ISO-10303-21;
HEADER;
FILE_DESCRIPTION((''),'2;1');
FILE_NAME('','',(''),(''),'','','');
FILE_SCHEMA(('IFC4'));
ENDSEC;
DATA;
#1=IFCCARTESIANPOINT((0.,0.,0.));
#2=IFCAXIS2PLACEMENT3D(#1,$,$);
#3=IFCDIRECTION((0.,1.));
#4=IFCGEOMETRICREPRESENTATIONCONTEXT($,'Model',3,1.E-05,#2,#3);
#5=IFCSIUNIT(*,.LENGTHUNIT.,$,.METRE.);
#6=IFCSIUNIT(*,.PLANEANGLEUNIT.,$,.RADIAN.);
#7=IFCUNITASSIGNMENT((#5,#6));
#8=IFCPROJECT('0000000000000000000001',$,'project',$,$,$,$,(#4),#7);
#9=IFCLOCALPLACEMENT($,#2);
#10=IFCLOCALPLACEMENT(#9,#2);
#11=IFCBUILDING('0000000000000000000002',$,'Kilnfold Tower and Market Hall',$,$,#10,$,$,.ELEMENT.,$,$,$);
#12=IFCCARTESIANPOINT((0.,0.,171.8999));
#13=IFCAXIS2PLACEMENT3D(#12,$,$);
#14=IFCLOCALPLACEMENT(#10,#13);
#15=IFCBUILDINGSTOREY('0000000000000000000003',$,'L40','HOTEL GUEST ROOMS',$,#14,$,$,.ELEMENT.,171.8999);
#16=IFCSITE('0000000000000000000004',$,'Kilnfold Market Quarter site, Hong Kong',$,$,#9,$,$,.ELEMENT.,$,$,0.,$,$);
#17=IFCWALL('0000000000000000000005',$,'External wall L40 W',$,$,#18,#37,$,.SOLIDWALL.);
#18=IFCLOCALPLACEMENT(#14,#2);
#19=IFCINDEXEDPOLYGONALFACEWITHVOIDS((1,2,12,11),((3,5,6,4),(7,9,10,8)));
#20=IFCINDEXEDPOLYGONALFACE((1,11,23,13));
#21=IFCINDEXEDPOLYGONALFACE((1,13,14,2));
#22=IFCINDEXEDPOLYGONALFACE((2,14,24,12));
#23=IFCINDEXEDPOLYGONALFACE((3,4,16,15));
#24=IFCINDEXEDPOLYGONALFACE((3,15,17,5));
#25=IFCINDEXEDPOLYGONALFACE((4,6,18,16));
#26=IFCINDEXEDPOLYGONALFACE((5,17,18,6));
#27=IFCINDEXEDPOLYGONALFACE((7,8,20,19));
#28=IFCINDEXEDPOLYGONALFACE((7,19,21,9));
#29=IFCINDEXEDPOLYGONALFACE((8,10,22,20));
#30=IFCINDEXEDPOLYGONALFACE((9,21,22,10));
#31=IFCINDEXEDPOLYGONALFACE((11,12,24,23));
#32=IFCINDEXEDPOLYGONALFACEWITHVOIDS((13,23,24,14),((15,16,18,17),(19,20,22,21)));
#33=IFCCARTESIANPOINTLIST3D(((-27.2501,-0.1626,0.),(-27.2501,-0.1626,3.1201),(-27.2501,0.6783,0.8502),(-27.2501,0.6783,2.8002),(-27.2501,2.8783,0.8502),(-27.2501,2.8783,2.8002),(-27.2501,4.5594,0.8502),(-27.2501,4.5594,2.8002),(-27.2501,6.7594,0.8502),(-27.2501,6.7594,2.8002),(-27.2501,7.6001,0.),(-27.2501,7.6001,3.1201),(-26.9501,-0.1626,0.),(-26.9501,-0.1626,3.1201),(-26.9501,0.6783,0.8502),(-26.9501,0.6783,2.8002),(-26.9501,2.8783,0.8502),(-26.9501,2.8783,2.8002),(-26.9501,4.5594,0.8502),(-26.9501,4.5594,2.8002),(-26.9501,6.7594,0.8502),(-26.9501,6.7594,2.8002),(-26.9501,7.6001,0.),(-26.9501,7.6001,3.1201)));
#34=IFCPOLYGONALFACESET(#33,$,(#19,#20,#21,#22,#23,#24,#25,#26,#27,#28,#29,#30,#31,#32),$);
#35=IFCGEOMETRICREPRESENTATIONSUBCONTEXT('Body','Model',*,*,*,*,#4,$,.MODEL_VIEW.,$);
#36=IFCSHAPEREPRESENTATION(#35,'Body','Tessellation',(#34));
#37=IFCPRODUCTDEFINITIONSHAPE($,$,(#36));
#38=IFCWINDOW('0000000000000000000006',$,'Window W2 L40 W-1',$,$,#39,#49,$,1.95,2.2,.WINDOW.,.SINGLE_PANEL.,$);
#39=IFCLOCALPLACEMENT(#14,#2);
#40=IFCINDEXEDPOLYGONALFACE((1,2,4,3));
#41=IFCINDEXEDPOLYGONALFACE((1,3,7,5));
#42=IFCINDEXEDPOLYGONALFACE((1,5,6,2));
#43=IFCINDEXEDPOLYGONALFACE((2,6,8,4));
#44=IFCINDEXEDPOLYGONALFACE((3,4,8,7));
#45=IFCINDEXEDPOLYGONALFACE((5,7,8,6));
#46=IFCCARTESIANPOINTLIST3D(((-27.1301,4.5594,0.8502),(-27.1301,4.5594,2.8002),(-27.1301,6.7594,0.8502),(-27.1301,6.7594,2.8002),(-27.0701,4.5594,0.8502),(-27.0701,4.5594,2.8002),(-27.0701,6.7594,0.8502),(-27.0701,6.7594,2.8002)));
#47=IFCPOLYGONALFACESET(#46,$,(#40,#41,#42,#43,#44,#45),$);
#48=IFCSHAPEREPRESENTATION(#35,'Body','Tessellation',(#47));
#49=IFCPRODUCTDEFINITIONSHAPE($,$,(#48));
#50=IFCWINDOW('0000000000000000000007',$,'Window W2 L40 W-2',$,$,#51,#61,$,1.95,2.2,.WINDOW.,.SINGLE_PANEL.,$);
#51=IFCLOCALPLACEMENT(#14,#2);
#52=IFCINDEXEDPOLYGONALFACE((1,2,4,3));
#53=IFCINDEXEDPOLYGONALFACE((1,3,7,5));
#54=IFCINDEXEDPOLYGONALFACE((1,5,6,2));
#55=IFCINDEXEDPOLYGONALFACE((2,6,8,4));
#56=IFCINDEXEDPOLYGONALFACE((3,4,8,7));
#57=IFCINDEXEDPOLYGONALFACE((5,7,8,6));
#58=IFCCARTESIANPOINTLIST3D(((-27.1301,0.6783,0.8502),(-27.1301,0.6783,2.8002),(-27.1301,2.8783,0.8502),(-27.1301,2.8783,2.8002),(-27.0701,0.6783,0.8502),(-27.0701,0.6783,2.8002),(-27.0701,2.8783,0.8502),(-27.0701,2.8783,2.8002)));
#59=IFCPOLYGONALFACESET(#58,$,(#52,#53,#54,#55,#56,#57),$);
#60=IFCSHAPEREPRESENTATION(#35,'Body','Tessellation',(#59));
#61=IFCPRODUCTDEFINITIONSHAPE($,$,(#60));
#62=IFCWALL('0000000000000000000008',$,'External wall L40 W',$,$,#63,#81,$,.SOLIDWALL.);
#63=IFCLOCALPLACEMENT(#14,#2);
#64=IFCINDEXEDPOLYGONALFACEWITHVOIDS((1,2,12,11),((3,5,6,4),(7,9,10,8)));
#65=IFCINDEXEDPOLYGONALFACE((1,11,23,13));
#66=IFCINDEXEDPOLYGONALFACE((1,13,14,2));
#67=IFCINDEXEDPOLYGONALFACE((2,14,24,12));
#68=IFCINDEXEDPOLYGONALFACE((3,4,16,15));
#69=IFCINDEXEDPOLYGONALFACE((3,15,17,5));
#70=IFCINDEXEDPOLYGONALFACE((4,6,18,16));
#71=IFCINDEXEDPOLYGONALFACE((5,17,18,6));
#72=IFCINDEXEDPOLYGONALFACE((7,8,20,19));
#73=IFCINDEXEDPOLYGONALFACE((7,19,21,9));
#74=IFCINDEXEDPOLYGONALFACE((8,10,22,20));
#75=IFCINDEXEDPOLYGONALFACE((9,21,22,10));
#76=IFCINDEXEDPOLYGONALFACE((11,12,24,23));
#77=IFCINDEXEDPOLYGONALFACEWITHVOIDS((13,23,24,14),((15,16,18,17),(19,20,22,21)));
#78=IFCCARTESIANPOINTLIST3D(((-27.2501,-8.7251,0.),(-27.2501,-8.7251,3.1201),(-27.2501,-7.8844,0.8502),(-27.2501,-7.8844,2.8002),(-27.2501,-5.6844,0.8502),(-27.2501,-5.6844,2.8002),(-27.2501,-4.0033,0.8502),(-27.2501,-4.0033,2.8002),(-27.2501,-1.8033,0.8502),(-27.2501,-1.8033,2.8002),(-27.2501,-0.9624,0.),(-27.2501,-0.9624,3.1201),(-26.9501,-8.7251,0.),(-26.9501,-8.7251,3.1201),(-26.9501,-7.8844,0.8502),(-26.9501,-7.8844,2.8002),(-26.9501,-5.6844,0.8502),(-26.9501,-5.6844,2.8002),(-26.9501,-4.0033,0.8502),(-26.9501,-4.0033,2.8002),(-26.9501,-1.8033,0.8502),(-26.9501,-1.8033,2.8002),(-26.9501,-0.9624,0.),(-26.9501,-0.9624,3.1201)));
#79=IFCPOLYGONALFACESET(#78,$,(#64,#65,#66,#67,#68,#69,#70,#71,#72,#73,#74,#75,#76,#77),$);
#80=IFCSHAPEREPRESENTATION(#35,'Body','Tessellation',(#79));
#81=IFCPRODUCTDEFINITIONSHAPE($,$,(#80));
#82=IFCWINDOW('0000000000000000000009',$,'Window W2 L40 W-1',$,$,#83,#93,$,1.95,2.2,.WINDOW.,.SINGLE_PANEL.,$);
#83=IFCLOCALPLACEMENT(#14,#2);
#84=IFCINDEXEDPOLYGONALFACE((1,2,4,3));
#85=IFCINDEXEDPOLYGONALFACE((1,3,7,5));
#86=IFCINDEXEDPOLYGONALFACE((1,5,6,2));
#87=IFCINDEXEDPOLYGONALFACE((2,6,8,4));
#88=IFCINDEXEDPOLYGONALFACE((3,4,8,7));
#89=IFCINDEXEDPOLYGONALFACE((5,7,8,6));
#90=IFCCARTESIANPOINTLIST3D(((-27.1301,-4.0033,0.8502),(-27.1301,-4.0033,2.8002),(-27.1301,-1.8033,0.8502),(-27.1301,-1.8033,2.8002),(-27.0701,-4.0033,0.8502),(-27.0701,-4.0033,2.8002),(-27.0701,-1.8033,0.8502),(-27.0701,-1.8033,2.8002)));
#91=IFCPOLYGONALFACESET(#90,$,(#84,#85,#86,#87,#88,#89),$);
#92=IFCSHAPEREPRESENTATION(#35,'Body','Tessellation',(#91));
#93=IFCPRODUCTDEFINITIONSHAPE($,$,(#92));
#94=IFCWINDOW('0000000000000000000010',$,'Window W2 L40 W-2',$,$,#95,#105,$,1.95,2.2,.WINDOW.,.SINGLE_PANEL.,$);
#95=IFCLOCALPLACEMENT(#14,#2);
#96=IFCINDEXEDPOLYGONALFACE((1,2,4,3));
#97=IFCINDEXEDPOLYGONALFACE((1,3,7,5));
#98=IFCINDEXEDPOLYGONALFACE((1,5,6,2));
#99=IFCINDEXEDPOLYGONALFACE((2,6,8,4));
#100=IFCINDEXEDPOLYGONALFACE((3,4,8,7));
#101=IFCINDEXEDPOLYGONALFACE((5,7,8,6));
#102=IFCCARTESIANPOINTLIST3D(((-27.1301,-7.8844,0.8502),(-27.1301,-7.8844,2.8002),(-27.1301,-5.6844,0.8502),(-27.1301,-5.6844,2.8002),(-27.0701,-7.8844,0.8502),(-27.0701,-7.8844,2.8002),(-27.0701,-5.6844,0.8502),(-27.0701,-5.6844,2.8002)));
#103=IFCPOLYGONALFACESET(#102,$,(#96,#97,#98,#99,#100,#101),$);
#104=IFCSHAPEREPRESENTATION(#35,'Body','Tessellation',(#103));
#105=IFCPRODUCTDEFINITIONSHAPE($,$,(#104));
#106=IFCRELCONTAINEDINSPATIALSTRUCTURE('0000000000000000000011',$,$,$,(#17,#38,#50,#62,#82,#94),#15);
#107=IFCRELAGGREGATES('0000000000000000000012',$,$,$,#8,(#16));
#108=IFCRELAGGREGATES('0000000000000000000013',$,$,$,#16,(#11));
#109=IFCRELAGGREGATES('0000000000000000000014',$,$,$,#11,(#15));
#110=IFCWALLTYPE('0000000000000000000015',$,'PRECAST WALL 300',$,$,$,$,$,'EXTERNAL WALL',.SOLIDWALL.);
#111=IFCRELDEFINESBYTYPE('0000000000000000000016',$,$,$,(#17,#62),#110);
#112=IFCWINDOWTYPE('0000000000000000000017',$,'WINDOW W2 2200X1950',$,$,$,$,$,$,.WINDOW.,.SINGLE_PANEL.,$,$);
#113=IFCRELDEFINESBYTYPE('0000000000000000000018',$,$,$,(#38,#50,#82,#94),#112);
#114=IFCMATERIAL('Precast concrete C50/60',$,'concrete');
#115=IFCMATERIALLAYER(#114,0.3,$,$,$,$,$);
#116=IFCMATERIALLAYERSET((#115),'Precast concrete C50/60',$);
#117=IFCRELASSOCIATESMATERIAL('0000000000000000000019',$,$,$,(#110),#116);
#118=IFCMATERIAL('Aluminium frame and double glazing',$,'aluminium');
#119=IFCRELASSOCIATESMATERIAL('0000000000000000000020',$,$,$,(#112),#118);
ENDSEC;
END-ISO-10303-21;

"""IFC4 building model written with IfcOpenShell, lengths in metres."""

from ifc_helpers import new_model, si_unit, direction, frame, frame_2d, origin, place, context, subcontext, project, spatial, rectangle, extrude, source, transform, mapped, material, layer, layer_set, type_object, element, fill, save


model = new_model("IFC4")

# Units and contexts
model_context = context("Model", 3, precision=1e-05, world=origin(), true_north=direction((0.0, 1.0)))
body_context = subcontext(model_context, "Body", "Model", "MODEL_VIEW")
ifc_project = project(units=[si_unit("LENGTHUNIT", "METRE"), si_unit("PLANEANGLEUNIT", "RADIAN")], contexts=[model_context])

# Site, building, storey
site_placement = place(None, origin())
site = spatial("IfcSite", under=ifc_project, at=site_placement, Name="Kilnfold Market Quarter site, Hong Kong", CompositionType="ELEMENT", RefElevation=0.0)
building_placement = place(site_placement, origin())
building = spatial("IfcBuilding", under=site, at=building_placement, Name="Kilnfold Tower and Market Hall", CompositionType="ELEMENT")
storey_placement = place(building_placement, frame((0.0, 0.0, 171.8999)))
storey = spatial("IfcBuildingStorey", under=building, at=storey_placement, Name="L40", Description="HOTEL GUEST ROOMS", CompositionType="ELEMENT", Elevation=171.8999)

# Walls, openings, windows
ifc_material_1 = material(Name="Precast concrete C50/60", Category="concrete")
ifc_layer_1 = layer(ifc_material_1, 0.3)
ifc_layer_set_1 = layer_set([ifc_layer_1], Name="Precast concrete C50/60")
wall_type_1 = type_object("IfcWallType", Name="PRECAST WALL 300", ElementType="EXTERNAL WALL", PredefinedType="SOLIDWALL", material=ifc_layer_set_1)
shared_shape_1 = source(origin(), body_context, "Body", "SweptSolid", [
    extrude(rectangle(XDim=7.7627, YDim=0.3, at=frame_2d((3.8813, 0.0))), origin(), (0.0, 0.0, 1.0), 3.1201),
])
wall_1_placement = place(storey_placement, frame((-27.1001, 7.6001, 0.0), z_axis=(0.0, 0.0, 1.0), x_axis=(0.0, -1.0, 0.0)))
wall_1 = element("IfcWall", 1, at=wall_1_placement, inside=storey, type_object=wall_type_1, Name="External wall L40 W", PredefinedType="SOLIDWALL", context=body_context, shape_type="MappedRepresentation", body=[
    mapped(shared_shape_1, transform((0.0, 0.0, 0.0))),
])
opening_1_placement = place(wall_1_placement, frame((0.8406, 0.0, 0.8501)))
opening_1 = element("IfcOpeningElement", 2, at=opening_1_placement, cuts=wall_1, PredefinedType="OPENING", context=body_context, shape_type="SweptSolid", body=[
    extrude(rectangle(XDim=2.2, YDim=1.95, at=frame_2d((1.1001, 0.9751))), frame((0.0, 0.1602, 0.0), z_axis=(0.0, -1.0, 0.0), x_axis=(1.0, 0.0, 0.0)), (0.0, 0.0, 1.0), 0.3201),
])
opening_2_placement = place(wall_1_placement, frame((4.7217, 0.0, 0.8501)))
opening_2 = element("IfcOpeningElement", 3, at=opening_2_placement, cuts=wall_1, PredefinedType="OPENING", context=body_context, shape_type="SweptSolid", body=[
    extrude(rectangle(XDim=2.2, YDim=1.95, at=frame_2d((1.1001, 0.9751))), frame((0.0, 0.1602, 0.0), z_axis=(0.0, -1.0, 0.0), x_axis=(1.0, 0.0, 0.0)), (0.0, 0.0, 1.0), 0.3201),
])
ifc_material_2 = material(Name="Aluminium frame and double glazing", Category="aluminium")
window_type = type_object("IfcWindowType", Name="WINDOW W2 2200X1950", PartitioningType="SINGLE_PANEL", PredefinedType="WINDOW", material=ifc_material_2)
window_1_placement = place(opening_1_placement, origin())
window_1 = element("IfcWindow", 4, at=window_1_placement, inside=storey, type_object=window_type, Name="Window W2 L40 W-1", OverallHeight=1.95, OverallWidth=2.2, PartitioningType="SINGLE_PANEL", PredefinedType="WINDOW", context=body_context, shape_type="SweptSolid", body=[
    extrude(rectangle(XDim=2.2, YDim=1.95, at=frame_2d((1.1001, 0.9751))), frame((0.0, 0.03, 0.0), z_axis=(0.0, -1.0, 0.0), x_axis=(1.0, 0.0, 0.0)), (0.0, 0.0, 1.0), 0.0601),
])
fill(opening_1, window_1)
window_2_placement = place(opening_2_placement, origin())
window_2 = element("IfcWindow", 5, at=window_2_placement, inside=storey, type_object=window_type, Name="Window W2 L40 W-2", OverallHeight=1.95, OverallWidth=2.2, PartitioningType="SINGLE_PANEL", PredefinedType="WINDOW", context=body_context, shape_type="SweptSolid", body=[
    extrude(rectangle(XDim=2.2, YDim=1.95, at=frame_2d((1.1001, 0.9751))), frame((0.0, 0.03, 0.0), z_axis=(0.0, -1.0, 0.0), x_axis=(1.0, 0.0, 0.0)), (0.0, 0.0, 1.0), 0.0601),
])
fill(opening_2, window_2)
wall_2_placement = place(storey_placement, frame((-27.1001, -0.9624, 0.0), z_axis=(0.0, 0.0, 1.0), x_axis=(0.0, -1.0, 0.0)))
wall_2 = element("IfcWall", 6, at=wall_2_placement, inside=storey, type_object=wall_type_1, Name="External wall L40 W", PredefinedType="SOLIDWALL", context=body_context, shape_type="MappedRepresentation", body=[
    mapped(shared_shape_1, transform((0.0, 0.0, 0.0))),
])
opening_3_placement = place(wall_2_placement, frame((0.8408, 0.0, 0.8501)))
opening_3 = element("IfcOpeningElement", 7, at=opening_3_placement, cuts=wall_2, PredefinedType="OPENING", context=body_context, shape_type="SweptSolid", body=[
    extrude(rectangle(XDim=2.2, YDim=1.95, at=frame_2d((1.1001, 0.9751))), frame((0.0, 0.1602, 0.0), z_axis=(0.0, -1.0, 0.0), x_axis=(1.0, 0.0, 0.0)), (0.0, 0.0, 1.0), 0.3201),
])
opening_4_placement = place(wall_2_placement, frame((4.7219, 0.0, 0.8501)))
opening_4 = element("IfcOpeningElement", 8, at=opening_4_placement, cuts=wall_2, PredefinedType="OPENING", context=body_context, shape_type="SweptSolid", body=[
    extrude(rectangle(XDim=2.2, YDim=1.95, at=frame_2d((1.1001, 0.9751))), frame((0.0, 0.1602, 0.0), z_axis=(0.0, -1.0, 0.0), x_axis=(1.0, 0.0, 0.0)), (0.0, 0.0, 1.0), 0.3201),
])
window_3_placement = place(opening_3_placement, origin())
window_3 = element("IfcWindow", 9, at=window_3_placement, inside=storey, type_object=window_type, Name="Window W2 L40 W-1", OverallHeight=1.95, OverallWidth=2.2, PartitioningType="SINGLE_PANEL", PredefinedType="WINDOW", context=body_context, shape_type="SweptSolid", body=[
    extrude(rectangle(XDim=2.2, YDim=1.95, at=frame_2d((1.1001, 0.9751))), frame((0.0, 0.03, 0.0), z_axis=(0.0, -1.0, 0.0), x_axis=(1.0, 0.0, 0.0)), (0.0, 0.0, 1.0), 0.0601),
])
fill(opening_3, window_3)
window_4_placement = place(opening_4_placement, origin())
window_4 = element("IfcWindow", 10, at=window_4_placement, inside=storey, type_object=window_type, Name="Window W2 L40 W-2", OverallHeight=1.95, OverallWidth=2.2, PartitioningType="SINGLE_PANEL", PredefinedType="WINDOW", context=body_context, shape_type="SweptSolid", body=[
    extrude(rectangle(XDim=2.2, YDim=1.95, at=frame_2d((1.1001, 0.9751))), frame((0.0, 0.03, 0.0), z_axis=(0.0, -1.0, 0.0), x_axis=(1.0, 0.0, 0.0)), (0.0, 0.0, 1.0), 0.0601),
])
fill(opening_4, window_4)

save(model, "model.ifc")
